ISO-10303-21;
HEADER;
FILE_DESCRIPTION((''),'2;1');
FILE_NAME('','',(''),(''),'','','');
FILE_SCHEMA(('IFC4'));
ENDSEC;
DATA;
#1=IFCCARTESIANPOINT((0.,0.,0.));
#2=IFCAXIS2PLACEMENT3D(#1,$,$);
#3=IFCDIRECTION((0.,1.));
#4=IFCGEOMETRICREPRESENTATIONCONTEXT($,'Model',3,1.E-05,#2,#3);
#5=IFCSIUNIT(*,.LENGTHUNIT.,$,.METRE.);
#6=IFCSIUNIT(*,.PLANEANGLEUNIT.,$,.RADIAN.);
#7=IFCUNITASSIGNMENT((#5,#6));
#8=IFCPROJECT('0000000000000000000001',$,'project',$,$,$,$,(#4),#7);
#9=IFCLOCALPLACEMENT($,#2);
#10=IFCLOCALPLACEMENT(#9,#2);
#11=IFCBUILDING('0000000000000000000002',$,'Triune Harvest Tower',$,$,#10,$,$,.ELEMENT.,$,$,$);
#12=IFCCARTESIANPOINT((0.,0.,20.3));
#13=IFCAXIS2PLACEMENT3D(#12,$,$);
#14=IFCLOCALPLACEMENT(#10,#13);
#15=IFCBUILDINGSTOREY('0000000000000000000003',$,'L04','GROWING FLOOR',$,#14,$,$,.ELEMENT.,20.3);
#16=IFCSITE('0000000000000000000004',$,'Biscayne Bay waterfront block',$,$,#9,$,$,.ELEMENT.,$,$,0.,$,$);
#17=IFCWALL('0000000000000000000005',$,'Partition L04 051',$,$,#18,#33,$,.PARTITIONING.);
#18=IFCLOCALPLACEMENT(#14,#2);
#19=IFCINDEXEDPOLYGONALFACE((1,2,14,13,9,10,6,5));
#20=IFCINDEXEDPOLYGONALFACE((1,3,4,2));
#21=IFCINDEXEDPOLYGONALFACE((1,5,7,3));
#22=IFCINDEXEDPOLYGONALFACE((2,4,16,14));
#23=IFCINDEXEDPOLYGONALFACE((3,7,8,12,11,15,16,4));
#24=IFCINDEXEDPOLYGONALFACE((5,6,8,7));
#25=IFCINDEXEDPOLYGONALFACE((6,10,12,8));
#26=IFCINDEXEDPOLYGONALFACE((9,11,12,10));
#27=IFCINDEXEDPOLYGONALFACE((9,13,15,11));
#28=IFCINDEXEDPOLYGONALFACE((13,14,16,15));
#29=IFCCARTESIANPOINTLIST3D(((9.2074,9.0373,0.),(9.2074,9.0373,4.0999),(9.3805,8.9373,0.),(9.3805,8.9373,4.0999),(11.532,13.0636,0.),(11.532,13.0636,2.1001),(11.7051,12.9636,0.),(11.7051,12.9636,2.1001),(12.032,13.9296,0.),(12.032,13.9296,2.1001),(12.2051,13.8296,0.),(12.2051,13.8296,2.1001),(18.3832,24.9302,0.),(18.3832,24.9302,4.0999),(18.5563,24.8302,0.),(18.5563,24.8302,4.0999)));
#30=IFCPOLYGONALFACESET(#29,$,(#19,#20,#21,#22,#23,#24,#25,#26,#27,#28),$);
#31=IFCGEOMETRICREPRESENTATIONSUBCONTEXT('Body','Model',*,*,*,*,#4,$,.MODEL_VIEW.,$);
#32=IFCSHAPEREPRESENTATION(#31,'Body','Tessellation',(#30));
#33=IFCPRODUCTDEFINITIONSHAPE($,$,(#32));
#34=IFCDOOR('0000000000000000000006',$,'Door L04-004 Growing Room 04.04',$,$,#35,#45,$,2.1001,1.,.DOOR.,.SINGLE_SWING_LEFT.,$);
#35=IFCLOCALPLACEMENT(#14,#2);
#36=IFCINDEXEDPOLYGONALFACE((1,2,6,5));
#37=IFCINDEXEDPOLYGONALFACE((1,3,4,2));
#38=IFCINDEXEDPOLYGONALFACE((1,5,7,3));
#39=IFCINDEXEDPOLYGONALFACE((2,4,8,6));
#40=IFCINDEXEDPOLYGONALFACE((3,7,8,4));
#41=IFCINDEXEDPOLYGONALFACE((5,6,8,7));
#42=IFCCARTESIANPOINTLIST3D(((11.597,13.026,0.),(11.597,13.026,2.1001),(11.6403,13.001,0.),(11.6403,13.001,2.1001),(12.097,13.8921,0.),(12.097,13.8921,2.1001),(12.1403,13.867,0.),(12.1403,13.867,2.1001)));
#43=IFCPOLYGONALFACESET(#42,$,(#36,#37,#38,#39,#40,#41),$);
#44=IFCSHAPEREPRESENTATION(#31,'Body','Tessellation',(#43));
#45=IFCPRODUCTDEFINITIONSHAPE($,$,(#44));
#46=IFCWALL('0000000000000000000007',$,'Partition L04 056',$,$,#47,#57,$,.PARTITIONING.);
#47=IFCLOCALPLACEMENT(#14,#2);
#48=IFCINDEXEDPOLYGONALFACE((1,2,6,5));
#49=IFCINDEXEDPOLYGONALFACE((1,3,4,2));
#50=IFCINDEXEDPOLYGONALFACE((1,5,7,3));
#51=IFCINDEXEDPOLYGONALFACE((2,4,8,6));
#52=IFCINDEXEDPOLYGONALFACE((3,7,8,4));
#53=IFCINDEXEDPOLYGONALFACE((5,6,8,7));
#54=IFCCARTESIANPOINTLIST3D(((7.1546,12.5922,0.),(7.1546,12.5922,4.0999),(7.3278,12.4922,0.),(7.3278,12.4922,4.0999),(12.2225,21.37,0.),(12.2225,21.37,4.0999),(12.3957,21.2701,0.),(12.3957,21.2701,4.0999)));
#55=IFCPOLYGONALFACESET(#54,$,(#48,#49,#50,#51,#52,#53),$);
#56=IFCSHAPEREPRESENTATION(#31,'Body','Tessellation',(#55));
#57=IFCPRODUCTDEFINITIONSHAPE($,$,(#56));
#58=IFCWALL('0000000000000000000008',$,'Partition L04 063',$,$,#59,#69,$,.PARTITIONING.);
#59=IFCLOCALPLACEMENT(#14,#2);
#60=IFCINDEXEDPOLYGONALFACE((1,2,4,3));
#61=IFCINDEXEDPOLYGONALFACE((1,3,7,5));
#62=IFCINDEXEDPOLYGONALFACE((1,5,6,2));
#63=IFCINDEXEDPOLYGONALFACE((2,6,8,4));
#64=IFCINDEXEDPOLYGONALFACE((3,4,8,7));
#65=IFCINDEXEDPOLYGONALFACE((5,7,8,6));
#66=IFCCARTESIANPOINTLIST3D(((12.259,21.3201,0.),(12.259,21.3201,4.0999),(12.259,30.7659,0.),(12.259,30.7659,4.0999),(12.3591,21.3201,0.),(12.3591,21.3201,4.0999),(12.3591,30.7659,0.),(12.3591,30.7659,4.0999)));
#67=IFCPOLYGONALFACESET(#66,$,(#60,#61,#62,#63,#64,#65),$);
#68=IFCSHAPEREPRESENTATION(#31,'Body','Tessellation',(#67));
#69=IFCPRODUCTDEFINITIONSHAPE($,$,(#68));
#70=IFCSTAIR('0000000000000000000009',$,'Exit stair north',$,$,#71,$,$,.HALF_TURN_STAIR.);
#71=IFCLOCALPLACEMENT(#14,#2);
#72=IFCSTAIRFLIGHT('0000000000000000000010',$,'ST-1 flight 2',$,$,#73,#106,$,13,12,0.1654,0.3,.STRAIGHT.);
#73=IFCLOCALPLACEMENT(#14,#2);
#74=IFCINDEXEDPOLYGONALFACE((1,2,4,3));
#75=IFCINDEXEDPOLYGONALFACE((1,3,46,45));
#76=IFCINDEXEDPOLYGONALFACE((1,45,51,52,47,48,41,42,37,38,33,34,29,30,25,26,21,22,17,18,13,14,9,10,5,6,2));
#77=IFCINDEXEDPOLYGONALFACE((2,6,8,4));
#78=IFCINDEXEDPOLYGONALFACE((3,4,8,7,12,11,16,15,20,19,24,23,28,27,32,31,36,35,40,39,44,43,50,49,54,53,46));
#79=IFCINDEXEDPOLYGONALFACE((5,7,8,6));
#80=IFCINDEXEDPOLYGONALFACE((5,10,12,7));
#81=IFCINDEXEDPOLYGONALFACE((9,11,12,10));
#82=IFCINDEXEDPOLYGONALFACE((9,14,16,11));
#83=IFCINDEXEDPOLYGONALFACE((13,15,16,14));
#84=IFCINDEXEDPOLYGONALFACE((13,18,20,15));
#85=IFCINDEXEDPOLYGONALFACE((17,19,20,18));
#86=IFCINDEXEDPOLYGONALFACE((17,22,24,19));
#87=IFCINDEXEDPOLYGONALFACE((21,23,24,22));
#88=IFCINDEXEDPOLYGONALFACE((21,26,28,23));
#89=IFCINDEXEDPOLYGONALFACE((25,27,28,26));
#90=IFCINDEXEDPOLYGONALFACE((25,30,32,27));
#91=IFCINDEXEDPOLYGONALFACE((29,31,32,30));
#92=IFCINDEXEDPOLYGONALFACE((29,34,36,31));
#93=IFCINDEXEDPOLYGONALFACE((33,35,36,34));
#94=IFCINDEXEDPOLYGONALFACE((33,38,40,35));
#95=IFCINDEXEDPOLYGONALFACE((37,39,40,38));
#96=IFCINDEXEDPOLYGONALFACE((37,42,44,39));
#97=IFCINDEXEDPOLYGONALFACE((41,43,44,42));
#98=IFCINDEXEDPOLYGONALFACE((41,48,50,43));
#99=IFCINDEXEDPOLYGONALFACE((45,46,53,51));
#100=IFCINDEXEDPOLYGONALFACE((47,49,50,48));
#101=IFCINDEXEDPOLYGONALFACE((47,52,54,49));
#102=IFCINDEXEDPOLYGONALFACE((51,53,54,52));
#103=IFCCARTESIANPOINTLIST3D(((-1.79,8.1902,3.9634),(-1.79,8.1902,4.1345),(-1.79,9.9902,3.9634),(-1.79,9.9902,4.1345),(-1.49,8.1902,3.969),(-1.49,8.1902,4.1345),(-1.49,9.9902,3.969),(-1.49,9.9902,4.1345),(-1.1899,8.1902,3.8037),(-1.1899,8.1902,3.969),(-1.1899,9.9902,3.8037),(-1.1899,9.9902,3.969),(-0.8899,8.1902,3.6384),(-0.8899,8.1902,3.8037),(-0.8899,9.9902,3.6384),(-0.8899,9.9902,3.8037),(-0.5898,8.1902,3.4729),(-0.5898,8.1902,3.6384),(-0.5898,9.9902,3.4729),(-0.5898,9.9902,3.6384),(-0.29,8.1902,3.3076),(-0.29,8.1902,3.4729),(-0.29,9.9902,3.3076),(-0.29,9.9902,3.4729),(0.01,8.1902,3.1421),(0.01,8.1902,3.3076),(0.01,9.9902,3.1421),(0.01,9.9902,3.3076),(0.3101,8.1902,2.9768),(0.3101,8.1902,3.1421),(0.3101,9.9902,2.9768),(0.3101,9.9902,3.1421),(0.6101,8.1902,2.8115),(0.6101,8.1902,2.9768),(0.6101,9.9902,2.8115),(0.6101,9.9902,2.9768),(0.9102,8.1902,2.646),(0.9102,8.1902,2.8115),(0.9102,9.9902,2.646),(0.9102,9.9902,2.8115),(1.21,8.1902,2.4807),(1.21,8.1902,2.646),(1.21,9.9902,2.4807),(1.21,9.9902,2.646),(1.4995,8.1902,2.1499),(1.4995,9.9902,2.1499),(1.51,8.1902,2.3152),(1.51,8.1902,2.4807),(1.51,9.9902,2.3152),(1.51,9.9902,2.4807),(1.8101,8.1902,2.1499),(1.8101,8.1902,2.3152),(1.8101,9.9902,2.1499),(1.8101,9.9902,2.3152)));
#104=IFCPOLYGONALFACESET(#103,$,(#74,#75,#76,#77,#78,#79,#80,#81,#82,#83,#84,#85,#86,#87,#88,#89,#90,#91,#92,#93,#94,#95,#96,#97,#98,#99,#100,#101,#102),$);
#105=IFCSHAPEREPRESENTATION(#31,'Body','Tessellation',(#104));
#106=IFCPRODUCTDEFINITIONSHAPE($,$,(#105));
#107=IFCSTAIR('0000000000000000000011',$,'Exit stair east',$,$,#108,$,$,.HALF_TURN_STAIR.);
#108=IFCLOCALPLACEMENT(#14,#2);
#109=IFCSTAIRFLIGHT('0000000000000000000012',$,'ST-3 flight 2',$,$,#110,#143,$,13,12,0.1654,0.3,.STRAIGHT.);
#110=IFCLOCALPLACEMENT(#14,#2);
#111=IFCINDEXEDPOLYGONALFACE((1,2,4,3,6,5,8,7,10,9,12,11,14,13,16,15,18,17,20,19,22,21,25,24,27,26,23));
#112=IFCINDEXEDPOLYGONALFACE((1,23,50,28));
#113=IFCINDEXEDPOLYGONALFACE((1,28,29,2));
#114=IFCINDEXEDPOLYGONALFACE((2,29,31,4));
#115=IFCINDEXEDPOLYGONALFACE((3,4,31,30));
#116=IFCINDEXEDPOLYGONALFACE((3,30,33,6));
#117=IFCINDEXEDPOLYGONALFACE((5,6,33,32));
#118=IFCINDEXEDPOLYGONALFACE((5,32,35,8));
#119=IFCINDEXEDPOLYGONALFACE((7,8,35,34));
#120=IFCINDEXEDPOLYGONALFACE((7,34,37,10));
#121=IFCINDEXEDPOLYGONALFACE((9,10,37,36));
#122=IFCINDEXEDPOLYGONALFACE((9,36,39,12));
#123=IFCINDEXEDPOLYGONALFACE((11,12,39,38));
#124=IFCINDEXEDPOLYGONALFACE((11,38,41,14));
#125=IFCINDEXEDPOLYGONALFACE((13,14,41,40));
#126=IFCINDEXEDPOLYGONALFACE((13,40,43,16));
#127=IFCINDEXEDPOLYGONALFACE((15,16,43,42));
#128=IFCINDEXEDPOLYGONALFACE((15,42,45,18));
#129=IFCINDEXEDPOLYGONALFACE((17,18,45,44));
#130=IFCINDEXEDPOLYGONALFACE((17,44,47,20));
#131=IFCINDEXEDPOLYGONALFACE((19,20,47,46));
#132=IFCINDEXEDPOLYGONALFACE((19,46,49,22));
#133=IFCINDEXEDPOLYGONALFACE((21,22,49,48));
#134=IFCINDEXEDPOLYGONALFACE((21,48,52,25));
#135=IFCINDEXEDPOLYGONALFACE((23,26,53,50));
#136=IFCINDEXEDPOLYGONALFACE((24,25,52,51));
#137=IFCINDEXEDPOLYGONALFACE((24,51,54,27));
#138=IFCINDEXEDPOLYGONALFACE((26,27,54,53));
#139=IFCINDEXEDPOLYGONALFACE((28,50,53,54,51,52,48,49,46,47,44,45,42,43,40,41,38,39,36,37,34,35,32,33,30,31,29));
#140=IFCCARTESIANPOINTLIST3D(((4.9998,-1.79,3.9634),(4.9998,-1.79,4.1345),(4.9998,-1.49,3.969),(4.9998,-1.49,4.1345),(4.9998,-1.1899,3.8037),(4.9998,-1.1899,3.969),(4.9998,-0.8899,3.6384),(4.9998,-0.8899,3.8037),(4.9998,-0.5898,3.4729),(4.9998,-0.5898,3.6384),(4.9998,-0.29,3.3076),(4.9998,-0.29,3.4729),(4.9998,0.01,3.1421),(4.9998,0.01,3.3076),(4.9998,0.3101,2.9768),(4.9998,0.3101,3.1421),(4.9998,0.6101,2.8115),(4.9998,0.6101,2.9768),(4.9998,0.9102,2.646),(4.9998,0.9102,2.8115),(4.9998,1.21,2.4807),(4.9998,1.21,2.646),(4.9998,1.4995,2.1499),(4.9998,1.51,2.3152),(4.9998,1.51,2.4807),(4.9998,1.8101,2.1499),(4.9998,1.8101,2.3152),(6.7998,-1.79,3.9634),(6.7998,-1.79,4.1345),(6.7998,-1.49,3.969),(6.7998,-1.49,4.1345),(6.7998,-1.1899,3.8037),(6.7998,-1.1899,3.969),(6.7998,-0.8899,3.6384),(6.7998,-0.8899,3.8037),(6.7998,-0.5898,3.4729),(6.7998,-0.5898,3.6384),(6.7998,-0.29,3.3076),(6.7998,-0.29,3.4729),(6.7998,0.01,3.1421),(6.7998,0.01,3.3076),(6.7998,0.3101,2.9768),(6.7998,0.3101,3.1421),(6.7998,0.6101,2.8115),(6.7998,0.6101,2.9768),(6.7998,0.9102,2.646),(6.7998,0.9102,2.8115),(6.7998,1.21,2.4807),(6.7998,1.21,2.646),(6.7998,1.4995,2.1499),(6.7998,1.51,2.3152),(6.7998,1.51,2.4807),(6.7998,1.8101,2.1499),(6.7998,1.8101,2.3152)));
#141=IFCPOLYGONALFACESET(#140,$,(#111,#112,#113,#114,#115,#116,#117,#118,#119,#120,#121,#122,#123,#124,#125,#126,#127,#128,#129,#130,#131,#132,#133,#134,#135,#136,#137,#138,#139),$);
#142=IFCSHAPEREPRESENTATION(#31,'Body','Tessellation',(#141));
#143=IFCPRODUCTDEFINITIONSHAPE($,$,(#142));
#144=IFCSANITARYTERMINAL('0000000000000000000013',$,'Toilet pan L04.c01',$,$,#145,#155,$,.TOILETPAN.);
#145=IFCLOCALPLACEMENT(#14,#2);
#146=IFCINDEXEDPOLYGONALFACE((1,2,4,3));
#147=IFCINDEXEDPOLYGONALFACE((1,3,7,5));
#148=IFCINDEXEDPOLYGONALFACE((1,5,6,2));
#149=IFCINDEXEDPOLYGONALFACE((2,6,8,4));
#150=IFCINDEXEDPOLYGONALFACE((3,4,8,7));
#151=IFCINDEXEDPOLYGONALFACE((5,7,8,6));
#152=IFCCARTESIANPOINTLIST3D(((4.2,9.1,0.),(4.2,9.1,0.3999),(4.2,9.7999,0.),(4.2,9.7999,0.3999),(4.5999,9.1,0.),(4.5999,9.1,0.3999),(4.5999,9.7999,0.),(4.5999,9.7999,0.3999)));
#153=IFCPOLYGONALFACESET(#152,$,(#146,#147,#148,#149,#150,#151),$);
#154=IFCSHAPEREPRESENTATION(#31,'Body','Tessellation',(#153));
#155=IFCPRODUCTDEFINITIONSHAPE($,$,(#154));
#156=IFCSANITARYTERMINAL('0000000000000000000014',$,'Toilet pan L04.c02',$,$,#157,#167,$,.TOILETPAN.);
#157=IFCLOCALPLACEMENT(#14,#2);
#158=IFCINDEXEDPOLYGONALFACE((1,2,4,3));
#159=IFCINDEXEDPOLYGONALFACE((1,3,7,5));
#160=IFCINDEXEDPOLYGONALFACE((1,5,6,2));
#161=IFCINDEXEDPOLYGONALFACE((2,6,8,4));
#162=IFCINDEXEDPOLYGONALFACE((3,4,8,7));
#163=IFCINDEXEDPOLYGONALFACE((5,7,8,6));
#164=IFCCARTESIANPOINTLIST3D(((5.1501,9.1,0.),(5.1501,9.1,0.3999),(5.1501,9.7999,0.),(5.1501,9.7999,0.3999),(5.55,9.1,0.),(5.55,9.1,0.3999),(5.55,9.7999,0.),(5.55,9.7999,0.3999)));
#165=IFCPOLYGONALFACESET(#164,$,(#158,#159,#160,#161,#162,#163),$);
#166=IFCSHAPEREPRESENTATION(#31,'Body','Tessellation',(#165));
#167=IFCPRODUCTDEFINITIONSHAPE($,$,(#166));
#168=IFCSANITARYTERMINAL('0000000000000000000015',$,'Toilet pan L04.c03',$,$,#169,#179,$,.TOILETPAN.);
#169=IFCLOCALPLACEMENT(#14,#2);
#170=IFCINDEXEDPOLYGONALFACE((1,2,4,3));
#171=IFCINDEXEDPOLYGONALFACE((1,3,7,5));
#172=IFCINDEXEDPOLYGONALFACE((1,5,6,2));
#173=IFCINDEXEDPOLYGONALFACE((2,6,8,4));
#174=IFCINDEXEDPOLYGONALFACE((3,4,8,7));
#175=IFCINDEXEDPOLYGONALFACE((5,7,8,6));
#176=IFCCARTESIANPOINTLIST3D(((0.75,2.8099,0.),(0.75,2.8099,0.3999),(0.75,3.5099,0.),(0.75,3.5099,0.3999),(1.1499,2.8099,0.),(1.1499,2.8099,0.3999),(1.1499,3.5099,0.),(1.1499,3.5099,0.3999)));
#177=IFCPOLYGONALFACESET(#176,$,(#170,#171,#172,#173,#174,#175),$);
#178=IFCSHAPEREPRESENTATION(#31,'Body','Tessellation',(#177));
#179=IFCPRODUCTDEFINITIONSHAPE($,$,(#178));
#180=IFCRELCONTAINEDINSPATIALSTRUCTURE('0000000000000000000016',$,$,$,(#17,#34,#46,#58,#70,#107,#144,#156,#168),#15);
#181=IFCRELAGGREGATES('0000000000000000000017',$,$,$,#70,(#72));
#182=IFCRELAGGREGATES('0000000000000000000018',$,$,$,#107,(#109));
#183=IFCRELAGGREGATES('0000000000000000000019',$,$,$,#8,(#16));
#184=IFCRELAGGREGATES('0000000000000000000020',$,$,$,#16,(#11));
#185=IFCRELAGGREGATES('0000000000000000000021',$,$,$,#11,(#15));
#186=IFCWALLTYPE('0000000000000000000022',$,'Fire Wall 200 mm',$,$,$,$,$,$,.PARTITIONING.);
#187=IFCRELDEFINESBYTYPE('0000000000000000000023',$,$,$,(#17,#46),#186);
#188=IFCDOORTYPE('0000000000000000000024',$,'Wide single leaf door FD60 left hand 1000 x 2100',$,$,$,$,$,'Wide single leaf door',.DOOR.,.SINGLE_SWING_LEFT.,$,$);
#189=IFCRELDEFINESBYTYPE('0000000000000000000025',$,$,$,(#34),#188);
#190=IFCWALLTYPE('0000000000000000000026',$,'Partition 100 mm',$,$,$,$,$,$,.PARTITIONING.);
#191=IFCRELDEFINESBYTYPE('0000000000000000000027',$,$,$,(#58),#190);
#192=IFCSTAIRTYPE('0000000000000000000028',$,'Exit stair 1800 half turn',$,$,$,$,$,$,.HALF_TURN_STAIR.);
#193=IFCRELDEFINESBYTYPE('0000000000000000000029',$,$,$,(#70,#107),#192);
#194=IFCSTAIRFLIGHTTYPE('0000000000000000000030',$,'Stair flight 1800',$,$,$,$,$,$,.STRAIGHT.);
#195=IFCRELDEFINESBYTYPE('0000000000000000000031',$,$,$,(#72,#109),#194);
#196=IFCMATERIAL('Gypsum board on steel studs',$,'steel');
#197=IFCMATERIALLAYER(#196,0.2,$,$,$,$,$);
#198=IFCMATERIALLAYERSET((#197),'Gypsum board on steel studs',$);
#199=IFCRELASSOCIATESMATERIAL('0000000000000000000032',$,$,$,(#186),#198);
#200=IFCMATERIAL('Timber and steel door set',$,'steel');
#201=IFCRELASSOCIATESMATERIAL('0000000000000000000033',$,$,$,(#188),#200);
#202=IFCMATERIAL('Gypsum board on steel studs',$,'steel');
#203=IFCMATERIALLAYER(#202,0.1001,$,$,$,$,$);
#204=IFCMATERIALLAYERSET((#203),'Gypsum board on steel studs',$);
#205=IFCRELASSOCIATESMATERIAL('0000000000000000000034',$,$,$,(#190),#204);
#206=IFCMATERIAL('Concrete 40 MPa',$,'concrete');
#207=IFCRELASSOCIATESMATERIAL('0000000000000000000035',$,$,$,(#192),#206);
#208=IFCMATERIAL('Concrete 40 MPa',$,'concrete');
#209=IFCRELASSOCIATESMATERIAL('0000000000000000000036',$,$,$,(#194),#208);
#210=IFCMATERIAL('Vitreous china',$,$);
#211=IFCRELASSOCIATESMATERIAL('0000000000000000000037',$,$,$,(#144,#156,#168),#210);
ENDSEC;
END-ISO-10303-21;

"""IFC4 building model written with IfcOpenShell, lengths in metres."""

from ifc_helpers import new_model, si_unit, direction, frame, frame_2d, origin, origin_2d, place, context, subcontext, project, spatial, polyline, rectangle, outline, extrude, source, transform, mapped, material, layer, layer_set, type_object, element, fill, aggregate, save


model = new_model("IFC4")

# Units and contexts
model_context = context("Model", 3, precision=1e-05, world=origin(), true_north=direction((0.0, 1.0)))
body_context = subcontext(model_context, "Body", "Model", "MODEL_VIEW")
ifc_project = project(units=[si_unit("LENGTHUNIT", "METRE"), si_unit("PLANEANGLEUNIT", "RADIAN")], contexts=[model_context])

# Site, building, storey
site_placement = place(None, origin())
site = spatial("IfcSite", under=ifc_project, at=site_placement, Name="Biscayne Bay waterfront block", CompositionType="ELEMENT", RefElevation=0.0)
building_placement = place(site_placement, origin())
building = spatial("IfcBuilding", under=site, at=building_placement, Name="Triune Harvest Tower", CompositionType="ELEMENT")
storey_placement = place(building_placement, frame((0.0, 0.0, 20.3)))
storey = spatial("IfcBuildingStorey", under=building, at=storey_placement, Name="L04", Description="GROWING FLOOR", CompositionType="ELEMENT", Elevation=20.3)

# Shared definitions
ifc_material_1 = material(Name="Gypsum board on steel studs", Category="steel")
ifc_layer_1 = layer(ifc_material_1, 0.2)
ifc_layer_set_1 = layer_set([ifc_layer_1], Name="Gypsum board on steel studs")
wall_type_1 = type_object("IfcWallType", Name="Fire Wall 200 mm", PredefinedType="PARTITIONING", material=ifc_layer_set_1)

# Wall, opening, door
shared_shape_1 = source(origin(), body_context, "Body", "SweptSolid", [
    extrude(rectangle(XDim=18.3516, YDim=0.2, at=frame_2d((9.1758, 0.0))), origin(), (0.0, 0.0, 1.0), 4.0999),
])
wall_1_placement = place(storey_placement, frame((9.2939, 8.9873, 0.0), z_axis=(0.0, 0.0, 1.0), x_axis=(0.500002, 0.866024, 0.0)))
wall_1 = element("IfcWall", 1, at=wall_1_placement, inside=storey, type_object=wall_type_1, Name="Partition L04 051", PredefinedType="PARTITIONING", context=body_context, shape_type="MappedRepresentation", body=[
    mapped(shared_shape_1, transform((0.0, 0.0, 0.0), scale=1.0)),
])
opening_1_placement = place(wall_1_placement, frame((4.6492, 0.0, 0.0)))
opening_1 = element("IfcOpeningElement", 2, at=opening_1_placement, cuts=wall_1, PredefinedType="OPENING", context=body_context, shape_type="SweptSolid", body=[
    extrude(rectangle(XDim=1.0, YDim=2.1001, at=frame_2d((0.5, 1.05))), frame((0.0, 0.1099, 0.0), z_axis=(0.0, -1.0, 0.0), x_axis=(1.0, 0.0, 0.0)), (0.0, 0.0, 1.0), 0.22),
])
ifc_material_2 = material(Name="Timber and steel door set", Category="steel")
door_type_1 = type_object("IfcDoorType", Name="Wide single leaf door FD60 left hand 1000 x 2100", ElementType="Wide single leaf door", OperationType="SINGLE_SWING_LEFT", PredefinedType="DOOR", material=ifc_material_2)
door_1_placement = place(opening_1_placement, origin())
door_1 = element("IfcDoor", 3, at=door_1_placement, inside=storey, type_object=door_type_1, Name="Door L04-004 Growing Room 04.04", OperationType="SINGLE_SWING_LEFT", OverallHeight=2.1001, OverallWidth=1.0, PredefinedType="DOOR", context=body_context, shape_type="SweptSolid", body=[
    extrude(rectangle(XDim=1.0, YDim=2.1001, at=frame_2d((0.5, 1.05))), frame((0.0, 0.0249, 0.0), z_axis=(0.0, -1.0, 0.0), x_axis=(1.0, 0.0, 0.0)), (0.0, 0.0, 1.0), 0.05),
])
fill(opening_1, door_1)

# Walls
shared_shape_2 = source(origin(), body_context, "Body", "SweptSolid", [
    extrude(rectangle(XDim=10.1357, YDim=0.2, at=frame_2d((5.0679, 0.0))), origin(), (0.0, 0.0, 1.0), 4.0999),
])
wall_2_placement = place(storey_placement, frame((7.2412, 12.5422, 0.0), z_axis=(0.0, 0.0, 1.0), x_axis=(0.499999, 0.866026, 0.0)))
element("IfcWall", 4, at=wall_2_placement, inside=storey, type_object=wall_type_1, Name="Partition L04 056", PredefinedType="PARTITIONING", context=body_context, shape_type="MappedRepresentation", body=[
    mapped(shared_shape_2, transform((0.0, 0.0, 0.0), scale=1.0)),
])
ifc_material_3 = material(Name="Gypsum board on steel studs", Category="steel")
ifc_layer_2 = layer(ifc_material_3, 0.1001)
ifc_layer_set_2 = layer_set([ifc_layer_2], Name="Gypsum board on steel studs")
wall_type_2 = type_object("IfcWallType", Name="Partition 100 mm", PredefinedType="PARTITIONING", material=ifc_layer_set_2)
shared_shape_3 = source(origin(), body_context, "Body", "SweptSolid", [
    extrude(rectangle(XDim=9.4458, YDim=0.1001, at=frame_2d((4.7229, 0.0))), origin(), (0.0, 0.0, 1.0), 4.0999),
])
wall_3_placement = place(storey_placement, frame((12.3091, 21.3201, 0.0), z_axis=(0.0, 0.0, 1.0), x_axis=(0.0, 1.0, 0.0)))
element("IfcWall", 5, at=wall_3_placement, inside=storey, type_object=wall_type_2, Name="Partition L04 063", PredefinedType="PARTITIONING", context=body_context, shape_type="MappedRepresentation", body=[
    mapped(shared_shape_3, transform((0.0, 0.0, 0.0), scale=1.0)),
])

# Stairs, stair flights
ifc_material_4 = material(Name="Concrete 40 MPa", Category="concrete")
stair_type = type_object("IfcStairType", Name="Exit stair 1800 half turn", PredefinedType="HALF_TURN_STAIR", material=ifc_material_4)
stair_1_placement = place(storey_placement, origin())
stair_1 = element("IfcStair", 6, at=stair_1_placement, inside=storey, type_object=stair_type, Name="Exit stair north", PredefinedType="HALF_TURN_STAIR")
ifc_material_5 = material(Name="Concrete 40 MPa", Category="concrete")
stair_flight_type = type_object("IfcStairFlightType", Name="Stair flight 1800", PredefinedType="STRAIGHT", material=ifc_material_5)
shared_shape_4 = source(origin(), body_context, "Body", "SweptSolid", [
    extrude(outline(polyline([(0.0, 0.0), (0.0, 0.1653), (0.3, 0.1653), (0.3, 0.3308), (0.6001, 0.3308), (0.6001, 0.4961), (0.8999, 0.4961), (0.8999, 0.6616), (1.2, 0.6616), (1.2, 0.8269), (1.5, 0.8269), (1.5, 0.9922), (1.8, 0.9922), (1.8, 1.1577), (2.1001, 1.1577), (2.1001, 1.323), (2.3999, 1.323), (2.3999, 1.4885), (2.7, 1.4885), (2.7, 1.6538), (3.0, 1.6538), (3.0, 1.8191), (3.3, 1.8191), (3.3, 1.9846), (3.6001, 1.9846), (3.6001, 2.1499), (3.6001, 1.8135), (0.3105, 0.0), (0.0, 0.0)])), frame((0.0, 0.8999, 0.0), z_axis=(0.0, -1.0, 0.0), x_axis=(1.0, 0.0, 0.0)), (0.0, 0.0, 1.0), 1.8),
])
stair_flight_1_placement = place(storey_placement, frame((1.8101, 9.0901, 2.1499), z_axis=(0.0, 0.0, 1.0), x_axis=(-1.0, 0.0, 0.0)))
stair_flight_1 = element("IfcStairFlight", 7, at=stair_flight_1_placement, type_object=stair_flight_type, Name="ST-1 flight 2", NumberOfRisers=13, NumberOfTreads=12, PredefinedType="STRAIGHT", RiserHeight=0.1654, TreadLength=0.3, context=body_context, shape_type="MappedRepresentation", body=[
    mapped(shared_shape_4, transform((0.0, 0.0, 0.0), scale=1.0)),
])
aggregate(stair_1, [stair_flight_1])
stair_2_placement = place(storey_placement, origin())
stair_2 = element("IfcStair", 8, at=stair_2_placement, inside=storey, type_object=stair_type, Name="Exit stair east", PredefinedType="HALF_TURN_STAIR")
stair_flight_2_placement = place(storey_placement, frame((5.8999, 1.8101, 2.1499), z_axis=(0.0, 0.0, 1.0), x_axis=(0.0, -1.0, 0.0)))
stair_flight_2 = element("IfcStairFlight", 9, at=stair_flight_2_placement, type_object=stair_flight_type, Name="ST-3 flight 2", NumberOfRisers=13, NumberOfTreads=12, PredefinedType="STRAIGHT", RiserHeight=0.1654, TreadLength=0.3, context=body_context, shape_type="MappedRepresentation", body=[
    mapped(shared_shape_4, transform((0.0, 0.0, 0.0), scale=1.0)),
])
aggregate(stair_2, [stair_flight_2])

# Sanitary terminals
ifc_material_6 = material(Name="Vitreous china")
shared_shape_5 = source(origin(), body_context, "Body", "SweptSolid", [
    extrude(rectangle(XDim=0.3999, YDim=0.7, at=origin_2d()), origin(), (0.0, 0.0, 1.0), 0.3999),
])
for number, where, z_axis, x_axis, name in (
    (10, (4.3999, 9.45, 0.0), (0.0, 0.0, 1.0), (1.0, 0.0, 0.0), "Toilet pan L04.c01"),
    (11, (5.3501, 9.45, 0.0), (0.0, 0.0, 1.0), (1.0, 0.0, 0.0), "Toilet pan L04.c02"),
    (12, (0.95, 3.1599, 0.0), (0.0, 0.0, 1.0), (-1.0, 0.0, 0.0), "Toilet pan L04.c03"),
):
    element("IfcSanitaryTerminal", number, at=place(storey_placement, frame(where, z_axis=z_axis, x_axis=x_axis)), inside=storey, material=ifc_material_6, Name=name, PredefinedType="TOILETPAN", context=body_context, shape_type="MappedRepresentation", body=[
        mapped(shared_shape_5, transform((0.0, 0.0, 0.0), scale=1.0)),
    ])

save(model, "model.ifc")
